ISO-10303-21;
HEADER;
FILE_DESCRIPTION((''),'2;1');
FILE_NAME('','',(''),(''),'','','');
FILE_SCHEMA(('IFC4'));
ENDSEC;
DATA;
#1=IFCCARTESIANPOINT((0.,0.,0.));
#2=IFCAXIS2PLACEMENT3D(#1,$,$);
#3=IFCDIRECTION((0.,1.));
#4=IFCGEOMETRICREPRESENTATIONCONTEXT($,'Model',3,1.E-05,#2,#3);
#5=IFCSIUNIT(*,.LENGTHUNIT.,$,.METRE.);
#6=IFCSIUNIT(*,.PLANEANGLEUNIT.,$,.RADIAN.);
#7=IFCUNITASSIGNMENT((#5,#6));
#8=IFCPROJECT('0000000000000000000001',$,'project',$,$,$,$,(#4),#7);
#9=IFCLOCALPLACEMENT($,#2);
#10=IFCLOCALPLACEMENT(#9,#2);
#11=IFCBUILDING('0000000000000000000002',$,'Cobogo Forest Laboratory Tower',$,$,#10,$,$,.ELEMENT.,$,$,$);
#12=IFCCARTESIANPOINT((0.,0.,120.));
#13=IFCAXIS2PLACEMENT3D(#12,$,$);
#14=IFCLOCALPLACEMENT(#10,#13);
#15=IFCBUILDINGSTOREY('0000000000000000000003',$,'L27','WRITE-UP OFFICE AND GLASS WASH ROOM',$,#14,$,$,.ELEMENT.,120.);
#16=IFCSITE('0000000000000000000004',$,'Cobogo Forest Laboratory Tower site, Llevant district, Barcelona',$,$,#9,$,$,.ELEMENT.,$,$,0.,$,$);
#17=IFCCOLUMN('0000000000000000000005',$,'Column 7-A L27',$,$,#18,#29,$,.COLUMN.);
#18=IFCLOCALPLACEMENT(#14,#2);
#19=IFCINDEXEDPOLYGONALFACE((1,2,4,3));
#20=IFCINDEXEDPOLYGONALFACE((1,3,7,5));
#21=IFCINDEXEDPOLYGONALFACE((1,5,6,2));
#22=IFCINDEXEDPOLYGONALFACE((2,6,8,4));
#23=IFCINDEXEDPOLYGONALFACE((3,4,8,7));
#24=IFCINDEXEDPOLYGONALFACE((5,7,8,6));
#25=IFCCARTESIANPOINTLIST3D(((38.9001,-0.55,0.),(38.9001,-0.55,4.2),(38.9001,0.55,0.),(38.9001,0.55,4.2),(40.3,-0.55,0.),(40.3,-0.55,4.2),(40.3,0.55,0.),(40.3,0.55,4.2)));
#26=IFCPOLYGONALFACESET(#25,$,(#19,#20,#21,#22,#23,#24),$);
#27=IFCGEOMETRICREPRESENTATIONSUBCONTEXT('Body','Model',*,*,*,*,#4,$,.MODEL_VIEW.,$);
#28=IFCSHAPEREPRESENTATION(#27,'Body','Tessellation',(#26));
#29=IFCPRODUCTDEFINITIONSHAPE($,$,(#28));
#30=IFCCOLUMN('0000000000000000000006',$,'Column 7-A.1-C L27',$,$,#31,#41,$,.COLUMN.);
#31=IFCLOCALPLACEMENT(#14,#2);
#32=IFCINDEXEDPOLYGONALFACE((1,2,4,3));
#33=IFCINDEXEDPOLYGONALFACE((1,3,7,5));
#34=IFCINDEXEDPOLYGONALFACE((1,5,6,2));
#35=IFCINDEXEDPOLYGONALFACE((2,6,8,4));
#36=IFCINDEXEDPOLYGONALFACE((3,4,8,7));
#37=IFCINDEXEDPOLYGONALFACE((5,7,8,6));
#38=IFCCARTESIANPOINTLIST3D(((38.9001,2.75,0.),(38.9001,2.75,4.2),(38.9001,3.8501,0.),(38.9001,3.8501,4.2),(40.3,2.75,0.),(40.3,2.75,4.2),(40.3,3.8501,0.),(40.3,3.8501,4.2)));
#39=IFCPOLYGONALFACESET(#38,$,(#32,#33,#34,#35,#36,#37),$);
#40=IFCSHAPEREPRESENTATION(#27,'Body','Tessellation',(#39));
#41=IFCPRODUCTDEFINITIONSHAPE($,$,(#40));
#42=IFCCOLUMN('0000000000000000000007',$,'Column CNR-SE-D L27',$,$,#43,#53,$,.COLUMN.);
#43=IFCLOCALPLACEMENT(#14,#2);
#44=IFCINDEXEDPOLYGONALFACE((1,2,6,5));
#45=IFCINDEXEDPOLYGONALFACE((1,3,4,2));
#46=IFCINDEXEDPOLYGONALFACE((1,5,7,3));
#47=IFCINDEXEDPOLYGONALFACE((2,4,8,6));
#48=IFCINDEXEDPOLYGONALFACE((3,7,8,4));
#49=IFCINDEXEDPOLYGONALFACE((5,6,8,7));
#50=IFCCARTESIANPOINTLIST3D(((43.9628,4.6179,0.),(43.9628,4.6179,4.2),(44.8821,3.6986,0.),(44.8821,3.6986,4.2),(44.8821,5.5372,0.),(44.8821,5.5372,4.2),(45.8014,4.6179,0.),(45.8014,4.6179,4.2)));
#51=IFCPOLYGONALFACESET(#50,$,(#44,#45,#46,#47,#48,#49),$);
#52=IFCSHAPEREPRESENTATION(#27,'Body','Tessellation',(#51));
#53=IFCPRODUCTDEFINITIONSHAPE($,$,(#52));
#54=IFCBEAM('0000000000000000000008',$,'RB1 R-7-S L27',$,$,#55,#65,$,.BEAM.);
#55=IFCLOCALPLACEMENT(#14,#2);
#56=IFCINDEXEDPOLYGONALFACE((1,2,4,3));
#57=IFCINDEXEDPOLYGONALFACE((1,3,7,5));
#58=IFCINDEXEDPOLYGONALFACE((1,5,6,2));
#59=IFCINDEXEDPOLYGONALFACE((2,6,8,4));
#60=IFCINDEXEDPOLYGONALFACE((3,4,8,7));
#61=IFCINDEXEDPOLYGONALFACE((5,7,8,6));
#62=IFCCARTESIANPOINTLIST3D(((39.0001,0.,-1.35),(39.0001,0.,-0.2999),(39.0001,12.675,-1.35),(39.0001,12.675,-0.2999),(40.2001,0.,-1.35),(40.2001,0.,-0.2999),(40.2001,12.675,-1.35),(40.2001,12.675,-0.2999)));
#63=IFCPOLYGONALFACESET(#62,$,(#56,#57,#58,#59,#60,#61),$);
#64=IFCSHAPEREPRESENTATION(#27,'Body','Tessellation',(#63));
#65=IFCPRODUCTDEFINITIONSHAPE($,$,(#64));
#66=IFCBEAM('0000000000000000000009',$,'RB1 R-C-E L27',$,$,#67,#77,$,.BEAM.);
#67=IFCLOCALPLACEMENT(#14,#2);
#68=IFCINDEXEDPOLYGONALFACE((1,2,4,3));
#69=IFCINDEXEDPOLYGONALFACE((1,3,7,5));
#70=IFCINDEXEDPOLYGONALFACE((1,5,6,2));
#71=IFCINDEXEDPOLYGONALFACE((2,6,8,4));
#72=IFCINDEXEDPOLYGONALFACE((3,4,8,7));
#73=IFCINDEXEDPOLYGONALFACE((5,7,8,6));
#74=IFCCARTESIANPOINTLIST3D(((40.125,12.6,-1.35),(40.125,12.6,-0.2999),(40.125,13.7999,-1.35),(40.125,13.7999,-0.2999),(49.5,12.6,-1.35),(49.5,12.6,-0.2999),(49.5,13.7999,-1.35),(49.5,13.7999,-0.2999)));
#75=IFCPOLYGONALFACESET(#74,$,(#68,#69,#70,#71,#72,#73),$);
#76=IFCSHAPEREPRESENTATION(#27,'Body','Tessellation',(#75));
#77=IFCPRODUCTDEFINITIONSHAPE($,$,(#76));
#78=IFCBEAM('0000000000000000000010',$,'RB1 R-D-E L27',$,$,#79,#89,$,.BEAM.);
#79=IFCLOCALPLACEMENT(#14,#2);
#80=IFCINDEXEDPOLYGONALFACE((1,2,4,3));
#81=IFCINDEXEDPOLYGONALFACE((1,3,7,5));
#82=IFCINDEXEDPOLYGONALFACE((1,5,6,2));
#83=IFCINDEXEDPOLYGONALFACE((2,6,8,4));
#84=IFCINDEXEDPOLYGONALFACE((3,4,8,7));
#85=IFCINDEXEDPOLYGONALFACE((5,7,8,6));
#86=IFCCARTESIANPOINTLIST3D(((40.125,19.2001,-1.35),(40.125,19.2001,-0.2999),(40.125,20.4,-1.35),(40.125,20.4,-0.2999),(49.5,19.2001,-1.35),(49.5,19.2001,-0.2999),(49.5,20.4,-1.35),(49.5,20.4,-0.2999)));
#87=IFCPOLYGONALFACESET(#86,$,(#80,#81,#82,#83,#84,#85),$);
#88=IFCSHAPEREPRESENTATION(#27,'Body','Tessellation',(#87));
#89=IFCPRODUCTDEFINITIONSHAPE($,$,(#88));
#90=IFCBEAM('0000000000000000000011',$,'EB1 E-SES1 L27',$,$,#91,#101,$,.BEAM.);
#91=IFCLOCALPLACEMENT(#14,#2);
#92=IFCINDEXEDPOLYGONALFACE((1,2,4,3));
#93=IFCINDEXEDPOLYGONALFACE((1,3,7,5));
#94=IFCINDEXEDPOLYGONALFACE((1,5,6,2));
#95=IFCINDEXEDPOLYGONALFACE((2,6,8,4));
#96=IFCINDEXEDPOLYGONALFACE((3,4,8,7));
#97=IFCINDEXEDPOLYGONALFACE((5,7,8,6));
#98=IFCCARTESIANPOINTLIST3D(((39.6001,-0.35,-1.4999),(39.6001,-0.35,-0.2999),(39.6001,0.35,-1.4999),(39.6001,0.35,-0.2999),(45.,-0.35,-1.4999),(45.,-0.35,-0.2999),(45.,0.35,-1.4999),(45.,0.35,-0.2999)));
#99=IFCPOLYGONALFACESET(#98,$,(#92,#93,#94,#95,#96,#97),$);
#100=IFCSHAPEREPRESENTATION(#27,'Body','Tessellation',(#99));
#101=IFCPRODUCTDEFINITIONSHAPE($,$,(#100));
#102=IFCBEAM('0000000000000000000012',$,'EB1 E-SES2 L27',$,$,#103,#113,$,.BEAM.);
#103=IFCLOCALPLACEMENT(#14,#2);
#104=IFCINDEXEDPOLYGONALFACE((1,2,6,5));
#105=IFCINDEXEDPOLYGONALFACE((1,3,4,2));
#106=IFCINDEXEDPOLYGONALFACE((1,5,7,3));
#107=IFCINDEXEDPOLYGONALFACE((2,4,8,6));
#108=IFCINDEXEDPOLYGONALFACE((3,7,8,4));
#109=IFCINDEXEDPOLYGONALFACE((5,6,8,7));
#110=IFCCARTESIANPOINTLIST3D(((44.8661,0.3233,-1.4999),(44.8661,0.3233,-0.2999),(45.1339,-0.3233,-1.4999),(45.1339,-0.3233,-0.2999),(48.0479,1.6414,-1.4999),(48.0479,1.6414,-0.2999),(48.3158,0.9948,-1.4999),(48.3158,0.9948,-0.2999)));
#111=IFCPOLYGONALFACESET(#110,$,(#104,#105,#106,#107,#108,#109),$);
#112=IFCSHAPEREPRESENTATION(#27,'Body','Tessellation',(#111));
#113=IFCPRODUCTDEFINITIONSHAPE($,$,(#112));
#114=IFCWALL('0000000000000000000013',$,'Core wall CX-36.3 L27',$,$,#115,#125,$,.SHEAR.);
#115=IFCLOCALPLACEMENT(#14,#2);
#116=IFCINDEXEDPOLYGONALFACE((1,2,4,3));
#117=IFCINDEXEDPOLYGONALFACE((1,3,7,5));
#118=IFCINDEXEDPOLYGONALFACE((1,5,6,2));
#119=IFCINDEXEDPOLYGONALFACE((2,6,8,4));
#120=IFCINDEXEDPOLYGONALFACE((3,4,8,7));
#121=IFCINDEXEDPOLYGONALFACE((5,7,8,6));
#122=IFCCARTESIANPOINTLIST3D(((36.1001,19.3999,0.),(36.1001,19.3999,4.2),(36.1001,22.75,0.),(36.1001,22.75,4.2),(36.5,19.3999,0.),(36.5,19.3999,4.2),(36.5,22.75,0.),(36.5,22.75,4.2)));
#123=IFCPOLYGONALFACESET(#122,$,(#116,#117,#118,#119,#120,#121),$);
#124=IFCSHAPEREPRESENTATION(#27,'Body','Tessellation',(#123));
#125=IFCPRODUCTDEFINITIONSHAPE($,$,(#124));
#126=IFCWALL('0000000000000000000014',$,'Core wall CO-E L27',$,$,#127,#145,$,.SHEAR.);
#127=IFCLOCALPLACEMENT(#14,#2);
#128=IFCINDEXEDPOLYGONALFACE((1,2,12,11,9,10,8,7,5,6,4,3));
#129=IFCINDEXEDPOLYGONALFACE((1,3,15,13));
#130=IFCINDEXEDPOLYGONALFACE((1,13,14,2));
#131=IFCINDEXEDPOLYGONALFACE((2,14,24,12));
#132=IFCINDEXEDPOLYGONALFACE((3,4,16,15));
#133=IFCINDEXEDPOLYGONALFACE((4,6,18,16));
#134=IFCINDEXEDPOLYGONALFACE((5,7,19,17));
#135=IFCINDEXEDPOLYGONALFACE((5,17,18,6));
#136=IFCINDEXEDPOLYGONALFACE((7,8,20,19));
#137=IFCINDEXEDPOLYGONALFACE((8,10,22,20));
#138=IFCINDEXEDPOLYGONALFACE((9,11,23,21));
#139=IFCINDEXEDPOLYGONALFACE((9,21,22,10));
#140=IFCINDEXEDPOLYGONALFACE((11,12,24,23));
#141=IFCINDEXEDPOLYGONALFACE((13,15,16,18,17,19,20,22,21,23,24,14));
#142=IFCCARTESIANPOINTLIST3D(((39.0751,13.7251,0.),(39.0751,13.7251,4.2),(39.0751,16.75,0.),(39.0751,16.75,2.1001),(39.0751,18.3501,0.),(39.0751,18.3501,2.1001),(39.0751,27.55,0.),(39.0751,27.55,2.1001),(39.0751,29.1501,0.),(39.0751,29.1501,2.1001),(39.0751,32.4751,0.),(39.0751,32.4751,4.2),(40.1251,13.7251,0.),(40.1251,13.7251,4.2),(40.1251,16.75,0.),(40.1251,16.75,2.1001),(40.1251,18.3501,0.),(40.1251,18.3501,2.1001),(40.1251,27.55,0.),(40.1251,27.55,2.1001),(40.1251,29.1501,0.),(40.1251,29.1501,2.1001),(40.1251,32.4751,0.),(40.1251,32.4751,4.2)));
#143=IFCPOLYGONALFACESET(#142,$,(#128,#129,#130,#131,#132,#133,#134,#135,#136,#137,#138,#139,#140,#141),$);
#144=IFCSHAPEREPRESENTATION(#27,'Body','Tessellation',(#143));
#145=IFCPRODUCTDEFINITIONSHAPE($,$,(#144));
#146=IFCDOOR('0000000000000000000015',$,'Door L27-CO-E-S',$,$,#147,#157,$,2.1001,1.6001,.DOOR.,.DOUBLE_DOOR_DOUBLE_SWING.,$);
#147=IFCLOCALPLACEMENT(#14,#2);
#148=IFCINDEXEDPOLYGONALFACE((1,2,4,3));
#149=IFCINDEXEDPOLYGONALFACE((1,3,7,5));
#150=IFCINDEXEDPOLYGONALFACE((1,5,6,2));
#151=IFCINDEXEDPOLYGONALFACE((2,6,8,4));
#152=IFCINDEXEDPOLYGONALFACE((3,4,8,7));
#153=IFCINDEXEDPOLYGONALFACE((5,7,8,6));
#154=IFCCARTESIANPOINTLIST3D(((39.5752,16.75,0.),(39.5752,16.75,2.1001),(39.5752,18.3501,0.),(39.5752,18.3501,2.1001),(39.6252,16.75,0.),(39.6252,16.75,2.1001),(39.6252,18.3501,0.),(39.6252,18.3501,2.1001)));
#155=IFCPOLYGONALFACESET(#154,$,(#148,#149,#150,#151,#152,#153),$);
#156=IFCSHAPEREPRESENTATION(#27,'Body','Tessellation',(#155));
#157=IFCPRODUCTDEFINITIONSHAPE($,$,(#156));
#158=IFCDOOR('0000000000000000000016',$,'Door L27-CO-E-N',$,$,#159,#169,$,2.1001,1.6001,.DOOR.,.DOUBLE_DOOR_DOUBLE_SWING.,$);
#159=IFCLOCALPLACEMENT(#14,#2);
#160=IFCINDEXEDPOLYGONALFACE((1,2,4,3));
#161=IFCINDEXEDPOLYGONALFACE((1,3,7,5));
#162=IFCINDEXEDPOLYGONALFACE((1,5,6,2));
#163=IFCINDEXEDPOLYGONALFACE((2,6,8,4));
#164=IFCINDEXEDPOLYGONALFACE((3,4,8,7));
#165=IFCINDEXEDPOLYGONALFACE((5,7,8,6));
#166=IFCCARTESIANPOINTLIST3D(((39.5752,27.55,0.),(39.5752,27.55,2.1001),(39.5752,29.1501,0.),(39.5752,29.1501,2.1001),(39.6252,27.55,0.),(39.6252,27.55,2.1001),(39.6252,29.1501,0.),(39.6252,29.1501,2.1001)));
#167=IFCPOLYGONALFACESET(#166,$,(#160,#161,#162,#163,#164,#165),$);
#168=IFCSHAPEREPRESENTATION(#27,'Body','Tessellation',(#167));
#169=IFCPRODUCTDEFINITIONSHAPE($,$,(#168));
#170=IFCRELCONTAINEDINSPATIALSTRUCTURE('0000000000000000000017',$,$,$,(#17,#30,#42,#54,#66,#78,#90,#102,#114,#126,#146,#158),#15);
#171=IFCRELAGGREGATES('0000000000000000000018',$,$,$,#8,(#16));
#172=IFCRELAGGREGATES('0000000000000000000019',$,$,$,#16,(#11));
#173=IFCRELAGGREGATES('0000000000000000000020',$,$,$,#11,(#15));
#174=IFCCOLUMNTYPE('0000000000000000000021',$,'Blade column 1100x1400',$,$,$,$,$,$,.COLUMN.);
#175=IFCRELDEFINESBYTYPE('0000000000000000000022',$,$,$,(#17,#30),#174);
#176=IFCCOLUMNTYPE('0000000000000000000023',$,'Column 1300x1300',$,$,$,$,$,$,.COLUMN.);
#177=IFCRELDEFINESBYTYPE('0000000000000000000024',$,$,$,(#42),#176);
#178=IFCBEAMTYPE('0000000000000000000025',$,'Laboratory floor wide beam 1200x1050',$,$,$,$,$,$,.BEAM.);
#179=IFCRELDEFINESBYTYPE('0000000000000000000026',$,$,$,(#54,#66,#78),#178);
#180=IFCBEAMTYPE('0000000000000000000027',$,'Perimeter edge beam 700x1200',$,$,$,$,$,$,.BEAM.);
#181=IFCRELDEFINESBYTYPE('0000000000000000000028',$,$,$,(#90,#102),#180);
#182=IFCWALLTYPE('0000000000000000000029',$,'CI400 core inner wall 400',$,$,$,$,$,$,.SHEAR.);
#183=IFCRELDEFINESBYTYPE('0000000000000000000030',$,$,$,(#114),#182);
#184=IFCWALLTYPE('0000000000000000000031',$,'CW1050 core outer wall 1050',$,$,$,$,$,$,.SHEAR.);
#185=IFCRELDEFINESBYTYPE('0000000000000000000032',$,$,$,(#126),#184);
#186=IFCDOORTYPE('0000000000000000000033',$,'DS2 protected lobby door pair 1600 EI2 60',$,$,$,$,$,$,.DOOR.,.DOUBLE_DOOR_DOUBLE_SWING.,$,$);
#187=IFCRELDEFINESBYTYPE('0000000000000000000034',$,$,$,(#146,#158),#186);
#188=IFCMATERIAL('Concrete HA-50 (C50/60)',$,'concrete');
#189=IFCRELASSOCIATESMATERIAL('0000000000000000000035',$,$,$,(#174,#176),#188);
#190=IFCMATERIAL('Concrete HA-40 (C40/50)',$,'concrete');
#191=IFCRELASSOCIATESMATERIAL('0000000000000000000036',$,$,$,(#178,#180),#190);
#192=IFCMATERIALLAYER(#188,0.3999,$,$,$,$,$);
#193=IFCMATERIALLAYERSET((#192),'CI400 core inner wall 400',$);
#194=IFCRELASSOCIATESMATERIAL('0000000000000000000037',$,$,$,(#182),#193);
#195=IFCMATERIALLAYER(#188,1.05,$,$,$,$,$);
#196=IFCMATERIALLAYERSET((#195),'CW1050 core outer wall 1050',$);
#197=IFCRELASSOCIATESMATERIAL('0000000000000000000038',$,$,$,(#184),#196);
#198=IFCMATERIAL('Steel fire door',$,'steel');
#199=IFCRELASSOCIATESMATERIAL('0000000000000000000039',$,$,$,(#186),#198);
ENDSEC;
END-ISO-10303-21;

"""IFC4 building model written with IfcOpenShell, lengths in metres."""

from ifc_helpers import new_model, si_unit, direction, frame, frame_2d, origin, origin_2d, place, context, subcontext, project, spatial, rectangle, extrude, material, layer, layer_set, material_profile, profile_set, type_object, element, fill, save


model = new_model("IFC4")

# Units and contexts
model_context = context("Model", 3, precision=1e-05, world=origin(), true_north=direction((0.0, 1.0)))
body_context = subcontext(model_context, "Body", "Model", "MODEL_VIEW")
ifc_project = project(units=[si_unit("LENGTHUNIT", "METRE"), si_unit("PLANEANGLEUNIT", "RADIAN")], contexts=[model_context])

# Site, building, storey
site_placement = place(None, origin())
site = spatial("IfcSite", under=ifc_project, at=site_placement, Name="Cobogo Forest Laboratory Tower site, Llevant district, Barcelona", CompositionType="ELEMENT", RefElevation=0.0)
building_placement = place(site_placement, origin())
building = spatial("IfcBuilding", under=site, at=building_placement, Name="Cobogo Forest Laboratory Tower", CompositionType="ELEMENT")
storey_placement = place(building_placement, frame((0.0, 0.0, 120.0)))
storey = spatial("IfcBuildingStorey", under=building, at=storey_placement, Name="L27", Description="WRITE-UP OFFICE AND GLASS WASH ROOM", CompositionType="ELEMENT", Elevation=120.0)

# Columns
ifc_material_1 = material(Name="Concrete HA-50 (C50/60)", Category="concrete")
ifc_material_profile_1 = material_profile(ifc_material_1, rectangle(XDim=1.3999, YDim=1.1001, at=origin_2d()), Name="RC 1100x1400")
ifc_profile_set_1 = profile_set([ifc_material_profile_1], Name="Concrete HA-50 (C50/60)")
column_type_1 = type_object("IfcColumnType", Name="Blade column 1100x1400", PredefinedType="COLUMN", material=ifc_profile_set_1)
for number, where, z_axis, x_axis, name in (
    (1, (39.6001, 0.0, 0.0), (0.0, 0.0, 1.0), (1.0, 0.0, 0.0), "Column 7-A L27"),
    (2, (39.6001, 3.3, 0.0), (0.0, 0.0, 1.0), (1.0, 0.0, 0.0), "Column 7-A.1-C L27"),
):
    element("IfcColumn", number, at=place(storey_placement, frame(where, z_axis=z_axis, x_axis=x_axis)), inside=storey, type_object=column_type_1, Name=name, PredefinedType="COLUMN", context=body_context, shape_type="SweptSolid", body=[
        extrude(rectangle(XDim=1.3999, YDim=1.1001, at=origin_2d()), origin(), (0.0, 0.0, 1.0), 4.2),
    ])
ifc_material_profile_2 = material_profile(ifc_material_1, rectangle(XDim=1.3, YDim=1.3, at=origin_2d()), Name="RC 1300x1300")
ifc_profile_set_2 = profile_set([ifc_material_profile_2], Name="Concrete HA-50 (C50/60)")
column_type_2 = type_object("IfcColumnType", Name="Column 1300x1300", PredefinedType="COLUMN", material=ifc_profile_set_2)
column_placement = place(storey_placement, frame((44.8821, 4.6179, 0.0), z_axis=(0.0, 0.0, 1.0), x_axis=(0.707107, 0.707107, 0.0)))
element("IfcColumn", 3, at=column_placement, inside=storey, type_object=column_type_2, Name="Column CNR-SE-D L27", PredefinedType="COLUMN", context=body_context, shape_type="SweptSolid", body=[
    extrude(rectangle(XDim=1.3, YDim=1.3, at=origin_2d()), origin(), (0.0, 0.0, 1.0), 4.2),
])

# Beams
ifc_material_2 = material(Name="Concrete HA-40 (C40/50)", Category="concrete")
ifc_material_profile_3 = material_profile(ifc_material_2, rectangle(XDim=1.2, YDim=1.05, at=origin_2d()), Name="RC 1200x1050")
ifc_profile_set_3 = profile_set([ifc_material_profile_3], Name="Concrete HA-40 (C40/50)")
beam_type_1 = type_object("IfcBeamType", Name="Laboratory floor wide beam 1200x1050", PredefinedType="BEAM", material=ifc_profile_set_3)
beam_1_placement = place(storey_placement, frame((39.6001, 12.675, -0.825), z_axis=(0.0, -1.0, 0.0), x_axis=(1.0, 0.0, 0.0)))
element("IfcBeam", 4, at=beam_1_placement, inside=storey, type_object=beam_type_1, Name="RB1 R-7-S L27", PredefinedType="BEAM", context=body_context, shape_type="SweptSolid", body=[
    extrude(rectangle(XDim=1.2, YDim=1.05, at=origin_2d()), origin(), (0.0, 0.0, 1.0), 12.675),
])
for number, where, z_axis, x_axis, name in (
    (5, (40.125, 13.2, -0.825), (1.0, 0.0, 0.0), (0.0, 1.0, 0.0), "RB1 R-C-E L27"),
    (6, (40.125, 19.8, -0.825), (1.0, 0.0, 0.0), (0.0, 1.0, 0.0), "RB1 R-D-E L27"),
):
    element("IfcBeam", number, at=place(storey_placement, frame(where, z_axis=z_axis, x_axis=x_axis)), inside=storey, type_object=beam_type_1, Name=name, PredefinedType="BEAM", context=body_context, shape_type="SweptSolid", body=[
        extrude(rectangle(XDim=1.2, YDim=1.05, at=origin_2d()), origin(), (0.0, 0.0, 1.0), 9.375),
    ])
ifc_material_profile_4 = material_profile(ifc_material_2, rectangle(XDim=0.7, YDim=1.2, at=origin_2d()), Name="RC 700x1200")
ifc_profile_set_4 = profile_set([ifc_material_profile_4], Name="Concrete HA-40 (C40/50)")
beam_type_2 = type_object("IfcBeamType", Name="Perimeter edge beam 700x1200", PredefinedType="BEAM", material=ifc_profile_set_4)
beam_2_placement = place(storey_placement, frame((39.6001, 0.0, -0.8999), z_axis=(1.0, 0.0, 0.0), x_axis=(0.0, 1.0, 0.0)))
element("IfcBeam", 7, at=beam_2_placement, inside=storey, type_object=beam_type_2, Name="EB1 E-SES1 L27", PredefinedType="BEAM", context=body_context, shape_type="SweptSolid", body=[
    extrude(rectangle(XDim=0.7, YDim=1.2, at=origin_2d()), origin(), (0.0, 0.0, 1.0), 5.3999),
])
beam_3_placement = place(storey_placement, frame((45.0, 0.0, -0.8999), z_axis=(0.923866, 0.382717, 0.0), x_axis=(-0.382717, 0.923866, 0.0)))
element("IfcBeam", 8, at=beam_3_placement, inside=storey, type_object=beam_type_2, Name="EB1 E-SES2 L27", PredefinedType="BEAM", context=body_context, shape_type="SweptSolid", body=[
    extrude(rectangle(XDim=0.7, YDim=1.2, at=origin_2d()), origin(), (0.0, 0.0, 1.0), 3.4441),
])

# Wall
ifc_layer_1 = layer(ifc_material_1, 0.3999)
ifc_layer_set_1 = layer_set([ifc_layer_1], Name="CI400 core inner wall 400")
wall_type_1 = type_object("IfcWallType", Name="CI400 core inner wall 400", PredefinedType="SHEAR", material=ifc_layer_set_1)
wall_1_placement = place(storey_placement, frame((36.3, 19.3999, 0.0), z_axis=(0.0, 0.0, 1.0), x_axis=(0.0, 1.0, 0.0)))
element("IfcWall", 9, at=wall_1_placement, inside=storey, type_object=wall_type_1, Name="Core wall CX-36.3 L27", PredefinedType="SHEAR", context=body_context, shape_type="SweptSolid", body=[
    extrude(rectangle(XDim=3.3501, YDim=0.3999, at=frame_2d((1.675, 0.0))), origin(), (0.0, 0.0, 1.0), 4.2),
])

# Wall, openings, doors
ifc_layer_2 = layer(ifc_material_1, 1.05)
ifc_layer_set_2 = layer_set([ifc_layer_2], Name="CW1050 core outer wall 1050")
wall_type_2 = type_object("IfcWallType", Name="CW1050 core outer wall 1050", PredefinedType="SHEAR", material=ifc_layer_set_2)
wall_2_placement = place(storey_placement, frame((39.6001, 13.7251, 0.0), z_axis=(0.0, 0.0, 1.0), x_axis=(0.0, 1.0, 0.0)))
wall_2 = element("IfcWall", 10, at=wall_2_placement, inside=storey, type_object=wall_type_2, Name="Core wall CO-E L27", PredefinedType="SHEAR", context=body_context, shape_type="SweptSolid", body=[
    extrude(rectangle(XDim=18.75, YDim=1.05, at=frame_2d((9.375, 0.0))), origin(), (0.0, 0.0, 1.0), 4.2),
])
opening_1_placement = place(wall_2_placement, frame((3.0249, 0.0, 0.0)))
opening_1 = element("IfcOpeningElement", 11, at=opening_1_placement, cuts=wall_2, PredefinedType="OPENING", context=body_context, shape_type="SweptSolid", body=[
    extrude(rectangle(XDim=1.6001, YDim=2.1001, at=frame_2d((0.8, 1.05))), frame((0.0, 0.5349, 0.0), z_axis=(0.0, -1.0, 0.0), x_axis=(1.0, 0.0, 0.0)), (0.0, 0.0, 1.0), 1.0701),
])
opening_2_placement = place(wall_2_placement, frame((13.825, 0.0, 0.0)))
opening_2 = element("IfcOpeningElement", 12, at=opening_2_placement, cuts=wall_2, PredefinedType="OPENING", context=body_context, shape_type="SweptSolid", body=[
    extrude(rectangle(XDim=1.6001, YDim=2.1001, at=frame_2d((0.8, 1.05))), frame((0.0, 0.5349, 0.0), z_axis=(0.0, -1.0, 0.0), x_axis=(1.0, 0.0, 0.0)), (0.0, 0.0, 1.0), 1.0701),
])
ifc_material_3 = material(Name="Steel fire door", Category="steel")
door_type_1 = type_object("IfcDoorType", Name="DS2 protected lobby door pair 1600 EI2 60", OperationType="DOUBLE_DOOR_DOUBLE_SWING", PredefinedType="DOOR", material=ifc_material_3)
door_1_placement = place(opening_1_placement, origin())
door_1 = element("IfcDoor", 13, at=door_1_placement, inside=storey, type_object=door_type_1, Name="Door L27-CO-E-S", OperationType="DOUBLE_DOOR_DOUBLE_SWING", OverallHeight=2.1001, OverallWidth=1.6001, PredefinedType="DOOR", context=body_context, shape_type="SweptSolid", body=[
    extrude(rectangle(XDim=1.6001, YDim=2.1001, at=frame_2d((0.8, 1.05))), frame((0.0, 0.0249, 0.0), z_axis=(0.0, -1.0, 0.0), x_axis=(1.0, 0.0, 0.0)), (0.0, 0.0, 1.0), 0.05),
])
fill(opening_1, door_1)
door_2_placement = place(opening_2_placement, origin())
door_2 = element("IfcDoor", 14, at=door_2_placement, inside=storey, type_object=door_type_1, Name="Door L27-CO-E-N", OperationType="DOUBLE_DOOR_DOUBLE_SWING", OverallHeight=2.1001, OverallWidth=1.6001, PredefinedType="DOOR", context=body_context, shape_type="SweptSolid", body=[
    extrude(rectangle(XDim=1.6001, YDim=2.1001, at=frame_2d((0.8, 1.05))), frame((0.0, 0.0249, 0.0), z_axis=(0.0, -1.0, 0.0), x_axis=(1.0, 0.0, 0.0)), (0.0, 0.0, 1.0), 0.05),
])
fill(opening_2, door_2)

save(model, "model.ifc")
